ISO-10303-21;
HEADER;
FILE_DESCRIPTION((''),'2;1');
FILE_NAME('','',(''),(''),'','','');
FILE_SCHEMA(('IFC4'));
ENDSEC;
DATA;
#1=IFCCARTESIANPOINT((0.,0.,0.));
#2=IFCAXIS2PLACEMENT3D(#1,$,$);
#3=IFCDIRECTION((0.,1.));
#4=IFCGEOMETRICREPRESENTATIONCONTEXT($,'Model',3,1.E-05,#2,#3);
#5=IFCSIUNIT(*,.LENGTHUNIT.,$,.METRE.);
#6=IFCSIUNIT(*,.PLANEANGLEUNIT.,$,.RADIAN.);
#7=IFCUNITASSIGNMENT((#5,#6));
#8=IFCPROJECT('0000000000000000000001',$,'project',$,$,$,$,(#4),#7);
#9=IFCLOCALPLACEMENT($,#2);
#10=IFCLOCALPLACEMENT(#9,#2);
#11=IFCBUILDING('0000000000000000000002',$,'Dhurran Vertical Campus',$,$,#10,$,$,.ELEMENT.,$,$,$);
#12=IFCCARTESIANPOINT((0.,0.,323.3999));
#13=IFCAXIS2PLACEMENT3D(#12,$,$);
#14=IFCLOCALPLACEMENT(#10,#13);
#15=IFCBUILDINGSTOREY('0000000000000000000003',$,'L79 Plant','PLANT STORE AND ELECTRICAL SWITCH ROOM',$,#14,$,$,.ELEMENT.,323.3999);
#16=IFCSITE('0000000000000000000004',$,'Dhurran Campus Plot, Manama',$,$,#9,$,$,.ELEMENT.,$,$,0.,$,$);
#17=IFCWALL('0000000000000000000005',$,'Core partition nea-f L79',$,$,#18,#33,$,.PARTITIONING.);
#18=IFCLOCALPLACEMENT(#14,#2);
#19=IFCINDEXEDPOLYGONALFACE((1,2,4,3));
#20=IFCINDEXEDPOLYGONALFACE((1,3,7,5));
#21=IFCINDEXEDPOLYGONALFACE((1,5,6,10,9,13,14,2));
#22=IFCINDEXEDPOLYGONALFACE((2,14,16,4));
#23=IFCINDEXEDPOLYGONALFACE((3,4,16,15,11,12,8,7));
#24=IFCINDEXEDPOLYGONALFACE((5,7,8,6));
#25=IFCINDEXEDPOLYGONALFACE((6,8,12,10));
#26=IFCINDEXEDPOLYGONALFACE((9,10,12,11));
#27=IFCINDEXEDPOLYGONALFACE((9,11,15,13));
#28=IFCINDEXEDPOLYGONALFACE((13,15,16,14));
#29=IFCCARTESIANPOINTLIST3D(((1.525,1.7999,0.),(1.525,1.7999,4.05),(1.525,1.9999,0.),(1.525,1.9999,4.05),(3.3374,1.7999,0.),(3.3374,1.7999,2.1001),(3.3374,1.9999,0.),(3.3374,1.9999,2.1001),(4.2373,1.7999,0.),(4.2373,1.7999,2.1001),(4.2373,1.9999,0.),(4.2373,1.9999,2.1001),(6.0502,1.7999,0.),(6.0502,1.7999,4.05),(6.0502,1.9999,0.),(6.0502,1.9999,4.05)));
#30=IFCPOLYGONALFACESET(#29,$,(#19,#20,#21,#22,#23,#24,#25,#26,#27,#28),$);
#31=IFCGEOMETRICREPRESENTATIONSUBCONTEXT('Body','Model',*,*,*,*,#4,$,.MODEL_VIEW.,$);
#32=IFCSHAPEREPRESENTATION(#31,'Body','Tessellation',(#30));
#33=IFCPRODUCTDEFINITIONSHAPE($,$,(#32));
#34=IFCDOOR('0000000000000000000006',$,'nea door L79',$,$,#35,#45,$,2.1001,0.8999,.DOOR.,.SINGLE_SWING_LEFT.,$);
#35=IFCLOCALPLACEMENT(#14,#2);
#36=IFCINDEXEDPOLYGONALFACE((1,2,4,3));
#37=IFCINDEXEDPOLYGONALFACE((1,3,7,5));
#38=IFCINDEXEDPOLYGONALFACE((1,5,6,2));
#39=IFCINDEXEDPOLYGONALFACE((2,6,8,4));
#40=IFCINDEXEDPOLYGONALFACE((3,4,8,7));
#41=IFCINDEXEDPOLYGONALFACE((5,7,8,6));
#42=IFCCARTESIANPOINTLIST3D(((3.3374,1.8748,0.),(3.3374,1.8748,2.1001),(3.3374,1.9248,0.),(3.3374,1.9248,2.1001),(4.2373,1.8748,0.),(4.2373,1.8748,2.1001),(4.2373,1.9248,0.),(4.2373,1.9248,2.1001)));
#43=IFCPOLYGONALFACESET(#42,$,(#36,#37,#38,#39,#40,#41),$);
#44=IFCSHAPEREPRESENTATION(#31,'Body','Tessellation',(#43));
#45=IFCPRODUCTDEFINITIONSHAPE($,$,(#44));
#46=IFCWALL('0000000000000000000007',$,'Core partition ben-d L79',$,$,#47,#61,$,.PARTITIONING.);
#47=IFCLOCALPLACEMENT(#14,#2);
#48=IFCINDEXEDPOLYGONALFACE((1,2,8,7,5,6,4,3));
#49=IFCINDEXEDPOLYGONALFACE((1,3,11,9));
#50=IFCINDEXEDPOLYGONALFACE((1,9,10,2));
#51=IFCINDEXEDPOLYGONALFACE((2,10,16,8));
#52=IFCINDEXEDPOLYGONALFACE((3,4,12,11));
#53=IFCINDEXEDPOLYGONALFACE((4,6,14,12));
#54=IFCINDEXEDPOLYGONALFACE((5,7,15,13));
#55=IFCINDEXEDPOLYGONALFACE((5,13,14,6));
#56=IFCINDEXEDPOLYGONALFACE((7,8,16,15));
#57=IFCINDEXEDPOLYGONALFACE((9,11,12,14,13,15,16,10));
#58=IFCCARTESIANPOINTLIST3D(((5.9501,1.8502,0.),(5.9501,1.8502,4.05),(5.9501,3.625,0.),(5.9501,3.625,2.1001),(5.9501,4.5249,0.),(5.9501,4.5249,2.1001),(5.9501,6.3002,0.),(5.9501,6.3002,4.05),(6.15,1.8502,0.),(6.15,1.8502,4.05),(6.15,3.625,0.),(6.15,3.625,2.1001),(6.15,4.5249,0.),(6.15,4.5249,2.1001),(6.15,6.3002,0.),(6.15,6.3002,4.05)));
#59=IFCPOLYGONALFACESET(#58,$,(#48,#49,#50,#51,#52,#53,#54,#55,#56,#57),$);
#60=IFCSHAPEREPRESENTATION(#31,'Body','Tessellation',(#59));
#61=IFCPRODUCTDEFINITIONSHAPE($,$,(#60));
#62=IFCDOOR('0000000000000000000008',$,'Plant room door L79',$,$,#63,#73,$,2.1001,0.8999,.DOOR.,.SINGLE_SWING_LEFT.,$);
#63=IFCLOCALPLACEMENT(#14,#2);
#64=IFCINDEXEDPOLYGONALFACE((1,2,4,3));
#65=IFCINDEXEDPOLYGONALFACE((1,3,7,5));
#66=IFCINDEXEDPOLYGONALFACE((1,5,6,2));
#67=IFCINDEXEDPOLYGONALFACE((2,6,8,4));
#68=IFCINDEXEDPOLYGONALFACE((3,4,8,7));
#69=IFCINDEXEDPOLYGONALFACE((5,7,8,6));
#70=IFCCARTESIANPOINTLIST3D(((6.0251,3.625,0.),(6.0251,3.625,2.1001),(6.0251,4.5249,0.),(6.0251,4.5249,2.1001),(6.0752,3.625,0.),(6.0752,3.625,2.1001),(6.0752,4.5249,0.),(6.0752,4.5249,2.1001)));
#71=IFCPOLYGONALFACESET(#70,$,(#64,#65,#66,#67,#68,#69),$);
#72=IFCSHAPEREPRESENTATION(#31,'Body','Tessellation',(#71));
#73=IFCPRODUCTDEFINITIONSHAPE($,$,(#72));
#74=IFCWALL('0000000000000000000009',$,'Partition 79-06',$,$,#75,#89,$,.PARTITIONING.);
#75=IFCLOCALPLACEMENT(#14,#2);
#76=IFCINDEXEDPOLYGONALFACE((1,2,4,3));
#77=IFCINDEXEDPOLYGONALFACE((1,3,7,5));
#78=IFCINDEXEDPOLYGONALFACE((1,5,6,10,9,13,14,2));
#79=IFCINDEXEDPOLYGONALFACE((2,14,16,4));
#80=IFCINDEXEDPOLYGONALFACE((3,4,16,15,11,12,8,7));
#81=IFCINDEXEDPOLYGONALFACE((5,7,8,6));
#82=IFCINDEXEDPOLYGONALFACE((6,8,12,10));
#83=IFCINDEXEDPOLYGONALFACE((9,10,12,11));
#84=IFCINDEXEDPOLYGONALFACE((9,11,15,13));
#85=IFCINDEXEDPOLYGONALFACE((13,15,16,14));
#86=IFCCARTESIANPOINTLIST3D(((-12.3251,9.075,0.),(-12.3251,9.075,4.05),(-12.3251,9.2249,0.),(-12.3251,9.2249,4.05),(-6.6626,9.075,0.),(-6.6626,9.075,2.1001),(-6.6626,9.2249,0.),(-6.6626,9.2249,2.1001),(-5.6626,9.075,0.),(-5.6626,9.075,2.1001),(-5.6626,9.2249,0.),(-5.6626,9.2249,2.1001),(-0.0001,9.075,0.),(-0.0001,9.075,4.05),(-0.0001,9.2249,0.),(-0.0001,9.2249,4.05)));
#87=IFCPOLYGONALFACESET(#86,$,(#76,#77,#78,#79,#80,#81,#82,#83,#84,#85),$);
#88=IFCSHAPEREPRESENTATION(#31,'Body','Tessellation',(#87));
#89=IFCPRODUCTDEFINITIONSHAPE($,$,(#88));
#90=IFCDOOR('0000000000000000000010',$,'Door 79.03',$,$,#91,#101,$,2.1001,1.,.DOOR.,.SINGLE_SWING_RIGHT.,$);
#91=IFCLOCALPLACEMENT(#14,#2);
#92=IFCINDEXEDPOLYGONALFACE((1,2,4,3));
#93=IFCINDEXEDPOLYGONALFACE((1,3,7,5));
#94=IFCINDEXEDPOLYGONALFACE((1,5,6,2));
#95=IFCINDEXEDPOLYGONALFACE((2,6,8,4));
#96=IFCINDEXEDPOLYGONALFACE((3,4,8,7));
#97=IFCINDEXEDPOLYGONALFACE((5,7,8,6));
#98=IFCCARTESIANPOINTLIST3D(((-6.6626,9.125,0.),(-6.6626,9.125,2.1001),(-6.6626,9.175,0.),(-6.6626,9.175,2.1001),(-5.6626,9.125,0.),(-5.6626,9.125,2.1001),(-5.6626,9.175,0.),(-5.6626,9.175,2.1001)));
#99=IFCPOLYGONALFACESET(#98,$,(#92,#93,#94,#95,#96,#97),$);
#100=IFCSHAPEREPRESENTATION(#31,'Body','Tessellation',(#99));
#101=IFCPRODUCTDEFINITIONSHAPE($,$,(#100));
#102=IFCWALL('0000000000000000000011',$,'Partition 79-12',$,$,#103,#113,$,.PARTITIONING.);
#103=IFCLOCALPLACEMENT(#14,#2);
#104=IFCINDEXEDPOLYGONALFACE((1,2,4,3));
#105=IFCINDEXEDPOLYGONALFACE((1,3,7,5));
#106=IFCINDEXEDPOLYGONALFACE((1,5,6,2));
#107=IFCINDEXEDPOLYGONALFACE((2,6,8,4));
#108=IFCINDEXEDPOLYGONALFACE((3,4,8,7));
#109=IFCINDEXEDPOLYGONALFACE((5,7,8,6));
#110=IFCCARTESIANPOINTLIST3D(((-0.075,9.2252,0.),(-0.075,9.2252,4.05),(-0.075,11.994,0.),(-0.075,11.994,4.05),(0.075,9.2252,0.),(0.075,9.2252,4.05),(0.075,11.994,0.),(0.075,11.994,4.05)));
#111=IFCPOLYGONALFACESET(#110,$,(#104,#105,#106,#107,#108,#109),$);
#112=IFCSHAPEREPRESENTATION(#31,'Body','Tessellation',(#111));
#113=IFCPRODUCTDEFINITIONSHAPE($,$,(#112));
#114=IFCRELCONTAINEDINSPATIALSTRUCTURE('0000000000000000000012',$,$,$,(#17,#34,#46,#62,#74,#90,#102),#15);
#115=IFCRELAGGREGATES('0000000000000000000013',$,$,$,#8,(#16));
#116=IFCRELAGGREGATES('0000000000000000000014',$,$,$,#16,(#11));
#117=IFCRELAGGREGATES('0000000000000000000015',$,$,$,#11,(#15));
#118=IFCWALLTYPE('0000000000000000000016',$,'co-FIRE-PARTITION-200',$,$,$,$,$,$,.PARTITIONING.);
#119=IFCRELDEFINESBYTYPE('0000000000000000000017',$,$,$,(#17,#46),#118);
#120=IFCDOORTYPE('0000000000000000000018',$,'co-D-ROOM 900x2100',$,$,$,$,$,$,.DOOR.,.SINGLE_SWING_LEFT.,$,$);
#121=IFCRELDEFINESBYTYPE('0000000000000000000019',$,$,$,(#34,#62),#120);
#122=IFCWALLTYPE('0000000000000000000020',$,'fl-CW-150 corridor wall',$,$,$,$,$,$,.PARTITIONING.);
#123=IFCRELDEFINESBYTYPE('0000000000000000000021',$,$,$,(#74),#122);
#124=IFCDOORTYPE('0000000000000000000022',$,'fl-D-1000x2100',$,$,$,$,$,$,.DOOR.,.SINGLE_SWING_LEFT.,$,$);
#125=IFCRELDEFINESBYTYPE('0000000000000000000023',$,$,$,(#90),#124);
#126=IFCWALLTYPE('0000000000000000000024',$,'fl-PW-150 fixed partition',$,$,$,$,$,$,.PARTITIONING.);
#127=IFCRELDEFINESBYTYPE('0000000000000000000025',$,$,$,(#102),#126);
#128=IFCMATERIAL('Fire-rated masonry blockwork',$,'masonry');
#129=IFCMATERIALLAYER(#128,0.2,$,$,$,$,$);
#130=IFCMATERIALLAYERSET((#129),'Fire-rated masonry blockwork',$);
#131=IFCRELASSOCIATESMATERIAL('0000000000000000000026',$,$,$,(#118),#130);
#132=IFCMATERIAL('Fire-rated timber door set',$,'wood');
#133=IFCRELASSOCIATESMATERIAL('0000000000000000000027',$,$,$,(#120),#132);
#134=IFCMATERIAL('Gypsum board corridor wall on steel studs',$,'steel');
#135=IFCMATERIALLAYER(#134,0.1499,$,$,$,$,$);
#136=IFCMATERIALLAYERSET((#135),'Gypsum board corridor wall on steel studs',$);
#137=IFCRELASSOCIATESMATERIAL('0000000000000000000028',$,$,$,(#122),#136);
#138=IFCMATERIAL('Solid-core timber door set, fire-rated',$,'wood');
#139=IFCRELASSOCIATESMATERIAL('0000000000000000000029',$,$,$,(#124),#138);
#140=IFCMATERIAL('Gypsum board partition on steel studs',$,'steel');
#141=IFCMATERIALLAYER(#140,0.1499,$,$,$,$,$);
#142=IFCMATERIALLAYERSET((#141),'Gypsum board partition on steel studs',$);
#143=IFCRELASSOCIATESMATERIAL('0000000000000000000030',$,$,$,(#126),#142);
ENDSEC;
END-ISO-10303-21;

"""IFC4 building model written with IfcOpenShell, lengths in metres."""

from ifc_helpers import new_model, si_unit, direction, frame, frame_2d, origin, place, context, subcontext, project, spatial, rectangle, extrude, material, layer, layer_set, type_object, element, fill, save


model = new_model("IFC4")

# Units and contexts
model_context = context("Model", 3, precision=1e-05, world=origin(), true_north=direction((0.0, 1.0)))
body_context = subcontext(model_context, "Body", "Model", "MODEL_VIEW")
ifc_project = project(units=[si_unit("LENGTHUNIT", "METRE"), si_unit("PLANEANGLEUNIT", "RADIAN")], contexts=[model_context])

# Site, building, storey
site_placement = place(None, origin())
site = spatial("IfcSite", under=ifc_project, at=site_placement, Name="Dhurran Campus Plot, Manama", CompositionType="ELEMENT", RefElevation=0.0)
building_placement = place(site_placement, origin())
building = spatial("IfcBuilding", under=site, at=building_placement, Name="Dhurran Vertical Campus", CompositionType="ELEMENT")
storey_placement = place(building_placement, frame((0.0, 0.0, 323.3999)))
storey = spatial("IfcBuildingStorey", under=building, at=storey_placement, Name="L79 Plant", Description="PLANT STORE AND ELECTRICAL SWITCH ROOM", CompositionType="ELEMENT", Elevation=323.3999)

# Walls, openings, doors
ifc_material_1 = material(Name="Fire-rated masonry blockwork", Category="masonry")
ifc_layer_1 = layer(ifc_material_1, 0.2)
ifc_layer_set_1 = layer_set([ifc_layer_1], Name="Fire-rated masonry blockwork")
wall_type_1 = type_object("IfcWallType", Name="co-FIRE-PARTITION-200", PredefinedType="PARTITIONING", material=ifc_layer_set_1)
wall_1_placement = place(storey_placement, frame((1.5249, 1.8999, 0.0), z_axis=(0.0, 0.0, 1.0), x_axis=(1.0, 0.0, 0.0)))
wall_1 = element("IfcWall", 1, at=wall_1_placement, inside=storey, type_object=wall_type_1, Name="Core partition nea-f L79", PredefinedType="PARTITIONING", context=body_context, shape_type="SweptSolid", body=[
    extrude(rectangle(XDim=4.5251, YDim=0.2, at=frame_2d((2.2627, 0.0))), origin(), (0.0, 0.0, 1.0), 4.05),
])
opening_1_placement = place(wall_1_placement, frame((1.8125, 0.0, 0.0)))
opening_1 = element("IfcOpeningElement", 2, at=opening_1_placement, cuts=wall_1, PredefinedType="OPENING", context=body_context, shape_type="SweptSolid", body=[
    extrude(rectangle(XDim=0.8999, YDim=2.1001, at=frame_2d((0.45, 1.05))), frame((0.0, 0.1099, 0.0), z_axis=(0.0, -1.0, 0.0), x_axis=(1.0, 0.0, 0.0)), (0.0, 0.0, 1.0), 0.22),
])
ifc_material_2 = material(Name="Fire-rated timber door set", Category="wood")
door_type_1 = type_object("IfcDoorType", Name="co-D-ROOM 900x2100", OperationType="SINGLE_SWING_LEFT", PredefinedType="DOOR", material=ifc_material_2)
door_1_placement = place(opening_1_placement, origin())
door_1 = element("IfcDoor", 3, at=door_1_placement, inside=storey, type_object=door_type_1, Name="nea door L79", OperationType="SINGLE_SWING_LEFT", OverallHeight=2.1001, OverallWidth=0.8999, PredefinedType="DOOR", context=body_context, shape_type="SweptSolid", body=[
    extrude(rectangle(XDim=0.8999, YDim=2.1001, at=frame_2d((0.45, 1.05))), frame((0.0, 0.0249, 0.0), z_axis=(0.0, -1.0, 0.0), x_axis=(1.0, 0.0, 0.0)), (0.0, 0.0, 1.0), 0.05),
])
fill(opening_1, door_1)
wall_2_placement = place(storey_placement, frame((6.05, 1.8501, 0.0), z_axis=(0.0, 0.0, 1.0), x_axis=(0.0, 1.0, 0.0)))
wall_2 = element("IfcWall", 4, at=wall_2_placement, inside=storey, type_object=wall_type_1, Name="Core partition ben-d L79", PredefinedType="PARTITIONING", context=body_context, shape_type="SweptSolid", body=[
    extrude(rectangle(XDim=4.45, YDim=0.2, at=frame_2d((2.2251, 0.0))), origin(), (0.0, 0.0, 1.0), 4.05),
])
opening_2_placement = place(wall_2_placement, frame((1.7749, 0.0, 0.0)))
opening_2 = element("IfcOpeningElement", 5, at=opening_2_placement, cuts=wall_2, PredefinedType="OPENING", context=body_context, shape_type="SweptSolid", body=[
    extrude(rectangle(XDim=0.8999, YDim=2.1001, at=frame_2d((0.45, 1.05))), frame((0.0, 0.1099, 0.0), z_axis=(0.0, -1.0, 0.0), x_axis=(1.0, 0.0, 0.0)), (0.0, 0.0, 1.0), 0.22),
])
door_2_placement = place(opening_2_placement, origin())
door_2 = element("IfcDoor", 6, at=door_2_placement, inside=storey, type_object=door_type_1, Name="Plant room door L79", OperationType="SINGLE_SWING_LEFT", OverallHeight=2.1001, OverallWidth=0.8999, PredefinedType="DOOR", context=body_context, shape_type="SweptSolid", body=[
    extrude(rectangle(XDim=0.8999, YDim=2.1001, at=frame_2d((0.45, 1.05))), frame((0.0, 0.0249, 0.0), z_axis=(0.0, -1.0, 0.0), x_axis=(1.0, 0.0, 0.0)), (0.0, 0.0, 1.0), 0.05),
])
fill(opening_2, door_2)
ifc_material_3 = material(Name="Gypsum board corridor wall on steel studs", Category="steel")
ifc_layer_2 = layer(ifc_material_3, 0.1499)
ifc_layer_set_2 = layer_set([ifc_layer_2], Name="Gypsum board corridor wall on steel studs")
wall_type_2 = type_object("IfcWallType", Name="fl-CW-150 corridor wall", PredefinedType="PARTITIONING", material=ifc_layer_set_2)
wall_3_placement = place(storey_placement, frame((0.0, 9.1499, 0.0), z_axis=(0.0, 0.0, 1.0), x_axis=(-1.0, 0.0, 0.0)))
wall_3 = element("IfcWall", 7, at=wall_3_placement, inside=storey, type_object=wall_type_2, Name="Partition 79-06", PredefinedType="PARTITIONING", context=body_context, shape_type="SweptSolid", body=[
    extrude(rectangle(XDim=12.325, YDim=0.1499, at=frame_2d((6.1626, 0.0))), origin(), (0.0, 0.0, 1.0), 4.05),
])
opening_3_placement = place(wall_3_placement, frame((5.6626, 0.0, 0.0)))
opening_3 = element("IfcOpeningElement", 8, at=opening_3_placement, cuts=wall_3, PredefinedType="OPENING", context=body_context, shape_type="SweptSolid", body=[
    extrude(rectangle(XDim=1.0, YDim=2.1001, at=frame_2d((0.5, 1.05))), frame((0.0, 0.085, 0.0), z_axis=(0.0, -1.0, 0.0), x_axis=(1.0, 0.0, 0.0)), (0.0, 0.0, 1.0), 0.1699),
])
ifc_material_4 = material(Name="Solid-core timber door set, fire-rated", Category="wood")
door_type_2 = type_object("IfcDoorType", Name="fl-D-1000x2100", OperationType="SINGLE_SWING_LEFT", PredefinedType="DOOR", material=ifc_material_4)
door_3_placement = place(opening_3_placement, origin())
door_3 = element("IfcDoor", 9, at=door_3_placement, inside=storey, type_object=door_type_2, Name="Door 79.03", OperationType="SINGLE_SWING_RIGHT", OverallHeight=2.1001, OverallWidth=1.0, PredefinedType="DOOR", context=body_context, shape_type="SweptSolid", body=[
    extrude(rectangle(XDim=1.0, YDim=2.1001, at=frame_2d((0.5, 1.05))), frame((0.0, 0.0249, 0.0), z_axis=(0.0, -1.0, 0.0), x_axis=(1.0, 0.0, 0.0)), (0.0, 0.0, 1.0), 0.05),
])
fill(opening_3, door_3)

# Wall
ifc_material_5 = material(Name="Gypsum board partition on steel studs", Category="steel")
ifc_layer_3 = layer(ifc_material_5, 0.1499)
ifc_layer_set_3 = layer_set([ifc_layer_3], Name="Gypsum board partition on steel studs")
wall_type_3 = type_object("IfcWallType", Name="fl-PW-150 fixed partition", PredefinedType="PARTITIONING", material=ifc_layer_set_3)
wall_4_placement = place(storey_placement, frame((0.0, 11.9939, 0.0), z_axis=(0.0, 0.0, 1.0), x_axis=(0.0, -1.0, 0.0)))
element("IfcWall", 10, at=wall_4_placement, inside=storey, type_object=wall_type_3, Name="Partition 79-12", PredefinedType="PARTITIONING", context=body_context, shape_type="SweptSolid", body=[
    extrude(rectangle(XDim=2.7688, YDim=0.1499, at=frame_2d((1.3843, 0.0))), origin(), (0.0, 0.0, 1.0), 4.05),
])

save(model, "model.ifc")
